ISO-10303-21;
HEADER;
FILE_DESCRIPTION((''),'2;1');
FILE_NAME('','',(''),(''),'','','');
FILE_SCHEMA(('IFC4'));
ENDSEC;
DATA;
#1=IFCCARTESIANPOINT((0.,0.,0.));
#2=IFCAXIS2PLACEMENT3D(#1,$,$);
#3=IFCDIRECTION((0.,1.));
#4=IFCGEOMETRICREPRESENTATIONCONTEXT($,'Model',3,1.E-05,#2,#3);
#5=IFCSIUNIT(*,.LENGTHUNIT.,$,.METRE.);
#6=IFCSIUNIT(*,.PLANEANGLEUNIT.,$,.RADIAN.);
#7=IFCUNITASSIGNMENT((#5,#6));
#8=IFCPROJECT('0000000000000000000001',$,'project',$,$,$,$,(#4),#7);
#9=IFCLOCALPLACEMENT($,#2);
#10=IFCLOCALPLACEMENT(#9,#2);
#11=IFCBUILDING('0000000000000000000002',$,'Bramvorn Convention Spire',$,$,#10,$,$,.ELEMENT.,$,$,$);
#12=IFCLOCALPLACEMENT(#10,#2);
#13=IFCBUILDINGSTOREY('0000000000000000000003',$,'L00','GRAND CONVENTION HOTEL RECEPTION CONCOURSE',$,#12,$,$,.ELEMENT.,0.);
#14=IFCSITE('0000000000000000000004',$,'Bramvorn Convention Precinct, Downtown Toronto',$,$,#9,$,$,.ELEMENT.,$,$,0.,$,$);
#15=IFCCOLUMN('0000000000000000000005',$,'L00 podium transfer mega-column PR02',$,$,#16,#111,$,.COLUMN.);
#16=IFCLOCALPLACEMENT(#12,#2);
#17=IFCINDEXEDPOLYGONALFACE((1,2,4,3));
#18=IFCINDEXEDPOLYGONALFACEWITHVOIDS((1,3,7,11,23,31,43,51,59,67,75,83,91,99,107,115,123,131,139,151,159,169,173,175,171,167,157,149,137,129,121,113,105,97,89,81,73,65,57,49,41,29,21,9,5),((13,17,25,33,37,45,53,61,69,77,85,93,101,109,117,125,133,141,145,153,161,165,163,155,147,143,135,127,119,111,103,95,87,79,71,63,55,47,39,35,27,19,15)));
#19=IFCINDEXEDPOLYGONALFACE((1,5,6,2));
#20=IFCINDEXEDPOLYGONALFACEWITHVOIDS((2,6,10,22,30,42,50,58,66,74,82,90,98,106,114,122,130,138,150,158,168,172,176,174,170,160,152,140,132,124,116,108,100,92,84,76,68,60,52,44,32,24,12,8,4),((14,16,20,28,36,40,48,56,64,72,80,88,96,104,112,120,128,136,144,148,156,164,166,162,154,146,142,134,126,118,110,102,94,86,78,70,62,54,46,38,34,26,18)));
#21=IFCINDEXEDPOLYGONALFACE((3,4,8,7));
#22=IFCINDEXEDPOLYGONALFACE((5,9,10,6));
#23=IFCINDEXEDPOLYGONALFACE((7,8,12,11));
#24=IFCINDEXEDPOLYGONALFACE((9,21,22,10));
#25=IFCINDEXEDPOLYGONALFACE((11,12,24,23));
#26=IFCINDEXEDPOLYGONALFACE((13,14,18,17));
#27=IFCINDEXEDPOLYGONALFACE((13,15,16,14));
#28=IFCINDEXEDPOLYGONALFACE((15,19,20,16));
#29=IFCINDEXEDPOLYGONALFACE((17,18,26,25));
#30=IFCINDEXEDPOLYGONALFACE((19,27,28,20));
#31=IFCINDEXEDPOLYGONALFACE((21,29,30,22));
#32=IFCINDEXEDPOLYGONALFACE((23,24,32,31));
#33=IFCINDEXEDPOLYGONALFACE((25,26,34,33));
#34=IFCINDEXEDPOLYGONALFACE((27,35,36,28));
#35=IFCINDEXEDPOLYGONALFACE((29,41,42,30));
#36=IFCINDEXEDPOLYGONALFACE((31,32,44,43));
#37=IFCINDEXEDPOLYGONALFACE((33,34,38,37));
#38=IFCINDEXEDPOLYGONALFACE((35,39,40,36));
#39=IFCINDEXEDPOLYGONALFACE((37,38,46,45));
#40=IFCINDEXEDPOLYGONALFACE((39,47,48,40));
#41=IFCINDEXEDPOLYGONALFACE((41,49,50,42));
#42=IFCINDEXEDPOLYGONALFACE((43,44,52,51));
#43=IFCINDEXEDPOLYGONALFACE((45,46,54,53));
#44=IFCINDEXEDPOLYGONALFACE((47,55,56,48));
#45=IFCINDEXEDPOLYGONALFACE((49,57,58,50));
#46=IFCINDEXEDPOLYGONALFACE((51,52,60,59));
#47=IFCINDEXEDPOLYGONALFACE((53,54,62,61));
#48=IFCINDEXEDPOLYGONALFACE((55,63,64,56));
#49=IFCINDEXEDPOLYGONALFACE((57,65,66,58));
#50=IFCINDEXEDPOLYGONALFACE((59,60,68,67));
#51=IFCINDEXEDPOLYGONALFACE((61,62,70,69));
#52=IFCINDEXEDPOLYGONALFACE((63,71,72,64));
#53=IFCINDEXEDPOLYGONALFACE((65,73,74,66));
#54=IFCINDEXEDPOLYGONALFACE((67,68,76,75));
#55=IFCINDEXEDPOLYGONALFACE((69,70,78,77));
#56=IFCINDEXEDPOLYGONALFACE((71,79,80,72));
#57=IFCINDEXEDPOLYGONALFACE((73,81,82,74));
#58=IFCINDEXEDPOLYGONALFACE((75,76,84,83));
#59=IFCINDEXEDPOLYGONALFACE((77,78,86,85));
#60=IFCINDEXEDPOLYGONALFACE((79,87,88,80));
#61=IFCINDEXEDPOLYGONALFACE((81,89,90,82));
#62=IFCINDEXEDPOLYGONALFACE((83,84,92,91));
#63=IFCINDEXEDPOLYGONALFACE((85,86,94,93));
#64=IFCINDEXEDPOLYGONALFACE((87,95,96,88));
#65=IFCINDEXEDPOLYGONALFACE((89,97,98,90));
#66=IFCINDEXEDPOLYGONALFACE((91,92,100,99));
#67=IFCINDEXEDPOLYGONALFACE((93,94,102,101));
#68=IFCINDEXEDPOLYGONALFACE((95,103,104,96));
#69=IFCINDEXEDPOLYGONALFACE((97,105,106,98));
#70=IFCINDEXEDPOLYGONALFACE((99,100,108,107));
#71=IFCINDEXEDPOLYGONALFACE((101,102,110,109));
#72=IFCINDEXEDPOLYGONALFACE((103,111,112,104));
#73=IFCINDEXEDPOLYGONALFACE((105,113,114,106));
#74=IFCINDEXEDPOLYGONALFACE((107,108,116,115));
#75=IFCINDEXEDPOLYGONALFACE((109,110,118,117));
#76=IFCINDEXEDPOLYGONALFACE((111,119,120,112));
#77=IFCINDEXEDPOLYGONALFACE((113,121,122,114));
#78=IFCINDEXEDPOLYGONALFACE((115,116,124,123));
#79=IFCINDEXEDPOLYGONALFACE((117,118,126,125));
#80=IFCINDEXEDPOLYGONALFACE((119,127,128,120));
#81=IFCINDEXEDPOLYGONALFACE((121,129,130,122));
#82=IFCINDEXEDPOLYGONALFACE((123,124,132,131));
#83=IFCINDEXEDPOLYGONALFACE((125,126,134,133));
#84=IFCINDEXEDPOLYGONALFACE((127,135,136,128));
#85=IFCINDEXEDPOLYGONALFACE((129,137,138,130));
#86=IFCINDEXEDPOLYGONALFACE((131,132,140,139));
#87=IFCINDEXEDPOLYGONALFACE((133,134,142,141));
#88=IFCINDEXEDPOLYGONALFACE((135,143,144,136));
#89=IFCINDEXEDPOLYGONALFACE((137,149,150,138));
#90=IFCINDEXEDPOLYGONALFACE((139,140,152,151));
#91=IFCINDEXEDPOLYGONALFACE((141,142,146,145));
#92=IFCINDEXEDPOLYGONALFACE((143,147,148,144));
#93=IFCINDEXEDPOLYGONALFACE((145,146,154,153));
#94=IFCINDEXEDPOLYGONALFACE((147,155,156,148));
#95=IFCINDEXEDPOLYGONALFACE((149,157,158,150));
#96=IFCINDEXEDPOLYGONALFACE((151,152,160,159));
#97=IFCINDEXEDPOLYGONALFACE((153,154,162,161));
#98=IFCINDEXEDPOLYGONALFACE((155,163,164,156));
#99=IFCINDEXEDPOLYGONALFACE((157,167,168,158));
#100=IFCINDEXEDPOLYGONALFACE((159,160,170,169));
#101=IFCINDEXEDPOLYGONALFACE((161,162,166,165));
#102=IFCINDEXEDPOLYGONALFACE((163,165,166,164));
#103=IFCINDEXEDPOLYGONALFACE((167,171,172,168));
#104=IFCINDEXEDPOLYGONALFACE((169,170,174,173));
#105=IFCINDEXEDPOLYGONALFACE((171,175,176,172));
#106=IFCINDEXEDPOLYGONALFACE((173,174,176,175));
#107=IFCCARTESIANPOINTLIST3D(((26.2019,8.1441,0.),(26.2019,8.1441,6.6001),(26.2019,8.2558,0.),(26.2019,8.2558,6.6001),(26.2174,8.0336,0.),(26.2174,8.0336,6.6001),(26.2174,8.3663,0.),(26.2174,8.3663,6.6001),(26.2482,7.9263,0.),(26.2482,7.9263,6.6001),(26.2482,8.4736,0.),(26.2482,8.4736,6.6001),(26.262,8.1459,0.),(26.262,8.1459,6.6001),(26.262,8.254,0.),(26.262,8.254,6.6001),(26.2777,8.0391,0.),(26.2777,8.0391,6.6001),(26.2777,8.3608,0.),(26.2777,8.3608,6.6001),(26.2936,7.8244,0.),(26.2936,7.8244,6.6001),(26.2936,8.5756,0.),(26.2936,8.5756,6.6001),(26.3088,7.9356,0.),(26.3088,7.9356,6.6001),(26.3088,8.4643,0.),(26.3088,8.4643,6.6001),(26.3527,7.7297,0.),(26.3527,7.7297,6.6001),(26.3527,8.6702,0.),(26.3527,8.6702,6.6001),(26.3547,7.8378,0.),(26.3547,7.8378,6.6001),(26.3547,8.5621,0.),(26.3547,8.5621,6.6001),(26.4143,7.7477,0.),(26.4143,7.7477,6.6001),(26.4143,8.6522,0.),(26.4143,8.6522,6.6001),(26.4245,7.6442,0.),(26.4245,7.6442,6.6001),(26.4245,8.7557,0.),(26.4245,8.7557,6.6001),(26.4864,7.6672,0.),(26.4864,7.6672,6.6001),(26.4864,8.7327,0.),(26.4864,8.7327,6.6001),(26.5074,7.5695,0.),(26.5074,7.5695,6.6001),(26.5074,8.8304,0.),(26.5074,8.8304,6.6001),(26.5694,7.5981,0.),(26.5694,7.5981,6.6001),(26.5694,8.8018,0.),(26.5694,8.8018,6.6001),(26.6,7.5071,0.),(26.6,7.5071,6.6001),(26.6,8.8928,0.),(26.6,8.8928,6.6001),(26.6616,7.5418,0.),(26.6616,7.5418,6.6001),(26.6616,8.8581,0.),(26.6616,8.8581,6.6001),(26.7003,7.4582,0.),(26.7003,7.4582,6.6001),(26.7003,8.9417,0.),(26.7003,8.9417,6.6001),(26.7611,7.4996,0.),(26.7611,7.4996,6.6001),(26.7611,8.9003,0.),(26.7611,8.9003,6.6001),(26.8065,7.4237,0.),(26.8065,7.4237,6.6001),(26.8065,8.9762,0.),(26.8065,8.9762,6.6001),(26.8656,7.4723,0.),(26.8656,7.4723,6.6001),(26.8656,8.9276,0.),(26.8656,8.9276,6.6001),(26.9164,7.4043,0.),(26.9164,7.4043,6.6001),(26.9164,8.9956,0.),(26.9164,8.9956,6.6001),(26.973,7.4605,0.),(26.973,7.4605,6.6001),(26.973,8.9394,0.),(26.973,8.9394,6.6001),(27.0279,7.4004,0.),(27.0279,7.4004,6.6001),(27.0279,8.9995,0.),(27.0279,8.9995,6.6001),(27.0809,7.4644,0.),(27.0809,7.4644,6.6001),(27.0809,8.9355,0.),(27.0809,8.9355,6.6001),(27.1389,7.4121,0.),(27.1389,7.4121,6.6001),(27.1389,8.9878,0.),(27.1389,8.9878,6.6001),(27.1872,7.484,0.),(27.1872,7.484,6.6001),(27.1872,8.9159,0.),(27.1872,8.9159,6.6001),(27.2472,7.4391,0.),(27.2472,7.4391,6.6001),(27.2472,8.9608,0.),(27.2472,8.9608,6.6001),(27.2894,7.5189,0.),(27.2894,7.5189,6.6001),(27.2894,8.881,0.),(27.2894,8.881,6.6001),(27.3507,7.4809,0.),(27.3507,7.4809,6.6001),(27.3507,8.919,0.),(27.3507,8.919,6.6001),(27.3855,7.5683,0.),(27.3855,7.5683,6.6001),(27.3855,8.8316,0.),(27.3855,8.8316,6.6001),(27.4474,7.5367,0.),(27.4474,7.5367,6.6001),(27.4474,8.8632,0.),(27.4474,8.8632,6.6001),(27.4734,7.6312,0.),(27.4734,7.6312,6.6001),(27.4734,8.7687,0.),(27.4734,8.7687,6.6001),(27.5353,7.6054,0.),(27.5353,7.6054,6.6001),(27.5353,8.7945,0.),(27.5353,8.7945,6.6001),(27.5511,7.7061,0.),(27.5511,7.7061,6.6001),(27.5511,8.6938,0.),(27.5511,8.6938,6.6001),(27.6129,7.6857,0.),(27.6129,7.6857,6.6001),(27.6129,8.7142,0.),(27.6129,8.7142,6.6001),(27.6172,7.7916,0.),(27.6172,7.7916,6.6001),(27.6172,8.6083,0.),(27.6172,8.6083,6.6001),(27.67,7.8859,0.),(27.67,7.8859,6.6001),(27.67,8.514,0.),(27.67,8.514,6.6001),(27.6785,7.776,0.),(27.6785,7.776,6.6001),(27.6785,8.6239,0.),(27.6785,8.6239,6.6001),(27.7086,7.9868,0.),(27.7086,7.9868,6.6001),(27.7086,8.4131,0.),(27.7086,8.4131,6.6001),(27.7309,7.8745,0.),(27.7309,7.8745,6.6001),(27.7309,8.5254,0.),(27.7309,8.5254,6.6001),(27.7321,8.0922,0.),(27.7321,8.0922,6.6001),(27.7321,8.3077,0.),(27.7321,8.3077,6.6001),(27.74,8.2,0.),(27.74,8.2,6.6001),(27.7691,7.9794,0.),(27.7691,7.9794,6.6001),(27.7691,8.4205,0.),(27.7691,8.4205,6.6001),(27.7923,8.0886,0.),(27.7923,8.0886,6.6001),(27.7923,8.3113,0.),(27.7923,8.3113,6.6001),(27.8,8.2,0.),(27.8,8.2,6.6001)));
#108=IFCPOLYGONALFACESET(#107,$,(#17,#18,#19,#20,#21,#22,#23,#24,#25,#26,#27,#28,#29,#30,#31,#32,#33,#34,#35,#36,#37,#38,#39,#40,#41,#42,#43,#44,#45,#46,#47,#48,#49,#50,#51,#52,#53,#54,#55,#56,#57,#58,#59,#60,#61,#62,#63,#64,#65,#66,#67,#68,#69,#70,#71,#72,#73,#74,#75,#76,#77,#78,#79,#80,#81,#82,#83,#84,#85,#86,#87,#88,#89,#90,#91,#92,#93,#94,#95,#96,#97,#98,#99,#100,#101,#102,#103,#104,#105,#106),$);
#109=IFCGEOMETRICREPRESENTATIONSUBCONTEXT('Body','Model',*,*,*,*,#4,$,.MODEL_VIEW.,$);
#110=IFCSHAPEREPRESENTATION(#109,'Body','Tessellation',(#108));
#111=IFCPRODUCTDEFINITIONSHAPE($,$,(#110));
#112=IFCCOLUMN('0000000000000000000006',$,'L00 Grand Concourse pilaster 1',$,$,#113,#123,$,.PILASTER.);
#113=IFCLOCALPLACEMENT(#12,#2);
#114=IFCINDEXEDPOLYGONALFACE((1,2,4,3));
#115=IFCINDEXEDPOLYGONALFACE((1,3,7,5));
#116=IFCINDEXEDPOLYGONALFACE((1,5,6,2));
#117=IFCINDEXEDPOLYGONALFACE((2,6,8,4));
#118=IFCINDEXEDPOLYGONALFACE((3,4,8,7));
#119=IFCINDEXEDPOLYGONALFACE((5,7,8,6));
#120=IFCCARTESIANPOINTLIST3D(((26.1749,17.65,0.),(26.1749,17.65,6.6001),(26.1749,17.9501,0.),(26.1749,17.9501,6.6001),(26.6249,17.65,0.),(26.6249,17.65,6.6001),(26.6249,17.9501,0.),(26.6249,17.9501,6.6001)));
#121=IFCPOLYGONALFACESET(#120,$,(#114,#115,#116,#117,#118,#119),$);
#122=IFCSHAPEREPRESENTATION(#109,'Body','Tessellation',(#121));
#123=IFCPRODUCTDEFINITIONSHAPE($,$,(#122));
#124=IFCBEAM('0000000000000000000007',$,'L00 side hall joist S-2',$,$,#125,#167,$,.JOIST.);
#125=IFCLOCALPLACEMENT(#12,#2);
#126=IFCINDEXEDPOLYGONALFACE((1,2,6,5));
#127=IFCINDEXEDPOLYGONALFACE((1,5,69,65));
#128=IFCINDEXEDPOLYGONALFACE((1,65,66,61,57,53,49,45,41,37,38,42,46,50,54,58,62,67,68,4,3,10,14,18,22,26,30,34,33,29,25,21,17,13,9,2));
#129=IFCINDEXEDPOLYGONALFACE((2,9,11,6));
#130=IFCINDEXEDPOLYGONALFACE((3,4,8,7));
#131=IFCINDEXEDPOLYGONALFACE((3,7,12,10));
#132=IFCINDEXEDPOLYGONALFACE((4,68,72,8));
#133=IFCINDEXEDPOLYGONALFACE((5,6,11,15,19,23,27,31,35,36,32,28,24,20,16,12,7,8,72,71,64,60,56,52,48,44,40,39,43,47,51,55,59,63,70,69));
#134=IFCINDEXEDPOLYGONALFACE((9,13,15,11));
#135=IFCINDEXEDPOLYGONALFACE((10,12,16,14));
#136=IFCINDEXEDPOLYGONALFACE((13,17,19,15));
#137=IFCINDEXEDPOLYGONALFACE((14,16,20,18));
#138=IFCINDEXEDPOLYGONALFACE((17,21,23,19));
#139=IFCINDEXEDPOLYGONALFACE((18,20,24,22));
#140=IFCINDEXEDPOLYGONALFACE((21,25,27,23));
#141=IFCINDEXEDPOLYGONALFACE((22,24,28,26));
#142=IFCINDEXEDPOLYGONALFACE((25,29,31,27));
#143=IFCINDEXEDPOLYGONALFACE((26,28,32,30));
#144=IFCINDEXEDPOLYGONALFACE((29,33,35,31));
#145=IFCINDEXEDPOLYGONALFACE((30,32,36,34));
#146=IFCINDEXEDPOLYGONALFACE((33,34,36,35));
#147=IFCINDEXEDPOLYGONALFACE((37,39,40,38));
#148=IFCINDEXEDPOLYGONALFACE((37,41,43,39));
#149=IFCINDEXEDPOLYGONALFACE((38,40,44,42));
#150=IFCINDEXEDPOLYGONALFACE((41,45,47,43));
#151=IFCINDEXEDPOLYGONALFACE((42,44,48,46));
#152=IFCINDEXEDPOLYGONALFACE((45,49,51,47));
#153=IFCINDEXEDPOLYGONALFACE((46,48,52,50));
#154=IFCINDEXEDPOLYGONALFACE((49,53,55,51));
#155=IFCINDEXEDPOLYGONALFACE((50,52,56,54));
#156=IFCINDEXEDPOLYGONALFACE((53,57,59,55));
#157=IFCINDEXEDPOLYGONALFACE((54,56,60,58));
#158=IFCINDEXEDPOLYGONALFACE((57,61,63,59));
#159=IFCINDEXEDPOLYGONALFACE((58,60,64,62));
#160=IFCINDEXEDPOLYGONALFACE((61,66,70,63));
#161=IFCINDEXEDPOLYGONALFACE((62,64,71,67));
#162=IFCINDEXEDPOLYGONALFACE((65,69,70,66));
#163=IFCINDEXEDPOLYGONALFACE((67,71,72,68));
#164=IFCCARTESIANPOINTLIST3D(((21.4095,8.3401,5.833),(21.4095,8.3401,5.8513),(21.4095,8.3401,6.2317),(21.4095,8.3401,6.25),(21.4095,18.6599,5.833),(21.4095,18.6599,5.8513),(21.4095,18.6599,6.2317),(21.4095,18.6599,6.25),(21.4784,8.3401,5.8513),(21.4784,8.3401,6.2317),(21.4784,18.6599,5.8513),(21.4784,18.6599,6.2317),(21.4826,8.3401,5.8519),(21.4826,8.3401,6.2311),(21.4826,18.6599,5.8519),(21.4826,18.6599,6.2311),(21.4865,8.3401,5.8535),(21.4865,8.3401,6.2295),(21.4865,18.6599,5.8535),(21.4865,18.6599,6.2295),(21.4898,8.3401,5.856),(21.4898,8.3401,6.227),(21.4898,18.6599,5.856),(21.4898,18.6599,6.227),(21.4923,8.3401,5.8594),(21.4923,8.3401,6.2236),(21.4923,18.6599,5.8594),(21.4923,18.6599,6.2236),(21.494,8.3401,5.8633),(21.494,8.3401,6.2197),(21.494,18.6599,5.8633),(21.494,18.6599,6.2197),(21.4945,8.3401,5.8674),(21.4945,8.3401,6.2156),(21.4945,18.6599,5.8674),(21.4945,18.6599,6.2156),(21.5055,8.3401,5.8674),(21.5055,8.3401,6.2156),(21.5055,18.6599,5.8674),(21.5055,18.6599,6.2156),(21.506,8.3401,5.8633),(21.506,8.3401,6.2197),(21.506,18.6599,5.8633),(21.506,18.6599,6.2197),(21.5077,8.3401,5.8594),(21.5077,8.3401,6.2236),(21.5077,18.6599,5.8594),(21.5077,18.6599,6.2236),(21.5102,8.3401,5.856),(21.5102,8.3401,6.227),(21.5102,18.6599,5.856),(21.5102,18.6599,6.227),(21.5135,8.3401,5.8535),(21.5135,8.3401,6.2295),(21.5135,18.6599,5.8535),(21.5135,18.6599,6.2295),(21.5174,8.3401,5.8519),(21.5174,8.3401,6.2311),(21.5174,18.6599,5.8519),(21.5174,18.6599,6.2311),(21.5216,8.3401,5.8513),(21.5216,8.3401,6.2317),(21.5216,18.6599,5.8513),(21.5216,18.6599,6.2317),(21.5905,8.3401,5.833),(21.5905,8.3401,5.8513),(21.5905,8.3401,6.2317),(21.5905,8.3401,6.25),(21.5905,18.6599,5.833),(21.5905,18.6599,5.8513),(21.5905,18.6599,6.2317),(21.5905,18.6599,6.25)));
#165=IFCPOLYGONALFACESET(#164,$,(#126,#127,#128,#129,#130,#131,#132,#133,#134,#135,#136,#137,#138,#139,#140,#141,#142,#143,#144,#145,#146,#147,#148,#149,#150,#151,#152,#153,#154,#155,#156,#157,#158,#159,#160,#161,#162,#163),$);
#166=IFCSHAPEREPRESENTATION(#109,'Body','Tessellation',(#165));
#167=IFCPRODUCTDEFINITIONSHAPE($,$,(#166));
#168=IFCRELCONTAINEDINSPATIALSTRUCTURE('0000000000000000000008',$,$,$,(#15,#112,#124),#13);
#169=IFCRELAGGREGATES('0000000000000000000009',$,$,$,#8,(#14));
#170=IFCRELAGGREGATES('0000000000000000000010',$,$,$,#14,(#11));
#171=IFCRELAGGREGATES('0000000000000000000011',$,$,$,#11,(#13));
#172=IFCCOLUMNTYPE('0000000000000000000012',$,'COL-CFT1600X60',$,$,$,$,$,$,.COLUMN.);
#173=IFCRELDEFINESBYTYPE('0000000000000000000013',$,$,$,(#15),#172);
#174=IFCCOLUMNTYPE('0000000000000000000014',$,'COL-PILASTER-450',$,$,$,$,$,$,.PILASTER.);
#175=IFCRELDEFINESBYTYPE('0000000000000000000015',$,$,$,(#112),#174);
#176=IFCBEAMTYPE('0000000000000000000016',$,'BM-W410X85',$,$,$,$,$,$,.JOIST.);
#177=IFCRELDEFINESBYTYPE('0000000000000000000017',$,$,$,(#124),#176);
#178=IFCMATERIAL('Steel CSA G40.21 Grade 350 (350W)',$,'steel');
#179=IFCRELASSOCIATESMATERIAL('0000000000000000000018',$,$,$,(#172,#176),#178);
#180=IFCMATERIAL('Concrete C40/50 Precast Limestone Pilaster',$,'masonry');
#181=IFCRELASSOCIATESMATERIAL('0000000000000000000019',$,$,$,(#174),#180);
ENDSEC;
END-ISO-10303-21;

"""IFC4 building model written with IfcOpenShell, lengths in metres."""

from ifc_helpers import new_model, si_unit, direction, frame, origin, origin_2d, place, context, subcontext, project, spatial, rectangle, hollow_circle, i_section, extrude, material, material_profile, profile_set, type_object, element, save


model = new_model("IFC4")

# Units and contexts
model_context = context("Model", 3, precision=1e-05, world=origin(), true_north=direction((0.0, 1.0)))
body_context = subcontext(model_context, "Body", "Model", "MODEL_VIEW")
ifc_project = project(units=[si_unit("LENGTHUNIT", "METRE"), si_unit("PLANEANGLEUNIT", "RADIAN")], contexts=[model_context])

# Site, building, storey
site_placement = place(None, origin())
site = spatial("IfcSite", under=ifc_project, at=site_placement, Name="Bramvorn Convention Precinct, Downtown Toronto", CompositionType="ELEMENT", RefElevation=0.0)
building_placement = place(site_placement, origin())
building = spatial("IfcBuilding", under=site, at=building_placement, Name="Bramvorn Convention Spire", CompositionType="ELEMENT")
storey_placement = place(building_placement, origin())
storey = spatial("IfcBuildingStorey", under=building, at=storey_placement, Name="L00", Description="GRAND CONVENTION HOTEL RECEPTION CONCOURSE", CompositionType="ELEMENT", Elevation=0.0)

# Columns
ifc_material_1 = material(Name="Steel CSA G40.21 Grade 350 (350W)", Category="steel")
ifc_material_profile_1 = material_profile(ifc_material_1, hollow_circle(Radius=0.8, WallThickness=0.0601, at=origin_2d()))
ifc_profile_set_1 = profile_set([ifc_material_profile_1], Name="Steel CSA G40.21 Grade 350 (350W) - CFT1600X60")
column_type_1 = type_object("IfcColumnType", Name="COL-CFT1600X60", PredefinedType="COLUMN", material=ifc_profile_set_1)
column_1_placement = place(storey_placement, frame((27.0, 8.2, 0.0), z_axis=(0.0, 0.0, 1.0), x_axis=(1.0, 0.0, 0.0)))
element("IfcColumn", 1, at=column_1_placement, inside=storey, type_object=column_type_1, Name="L00 podium transfer mega-column PR02", PredefinedType="COLUMN", context=body_context, shape_type="SweptSolid", body=[
    extrude(hollow_circle(Radius=0.8, WallThickness=0.0601, at=origin_2d()), origin(), (0.0, 0.0, 1.0), 6.6001),
])
ifc_material_2 = material(Name="Concrete C40/50 Precast Limestone Pilaster", Category="masonry")
ifc_material_profile_2 = material_profile(ifc_material_2, rectangle(XDim=0.45, YDim=0.3, at=origin_2d()))
ifc_profile_set_2 = profile_set([ifc_material_profile_2], Name="Concrete C40/50 Precast Limestone Pilaster - PILASTER450X300")
column_type_2 = type_object("IfcColumnType", Name="COL-PILASTER-450", PredefinedType="PILASTER", material=ifc_profile_set_2)
column_2_placement = place(storey_placement, frame((26.3999, 17.8, 0.0), z_axis=(0.0, 0.0, 1.0), x_axis=(1.0, 0.0, 0.0)))
element("IfcColumn", 2, at=column_2_placement, inside=storey, type_object=column_type_2, Name="L00 Grand Concourse pilaster 1", PredefinedType="PILASTER", context=body_context, shape_type="SweptSolid", body=[
    extrude(rectangle(XDim=0.45, YDim=0.3, at=origin_2d()), origin(), (0.0, 0.0, 1.0), 6.6001),
])

# Beam
ifc_material_profile_3 = material_profile(ifc_material_1, i_section(OverallWidth=0.1809, OverallDepth=0.417, WebThickness=0.011, FlangeThickness=0.0183, FilletRadius=0.0161, at=origin_2d()))
ifc_profile_set_3 = profile_set([ifc_material_profile_3], Name="Steel CSA G40.21 Grade 350 (350W) - W410X85")
beam_type_1 = type_object("IfcBeamType", Name="BM-W410X85", PredefinedType="JOIST", material=ifc_profile_set_3)
beam_1_placement = place(storey_placement, frame((21.5, 8.3401, 6.0415), z_axis=(0.0, 1.0, 0.0), x_axis=(-1.0, 0.0, 0.0)))
element("IfcBeam", 3, at=beam_1_placement, inside=storey, type_object=beam_type_1, Name="L00 side hall joist S-2", PredefinedType="JOIST", context=body_context, shape_type="SweptSolid", body=[
    extrude(i_section(OverallWidth=0.1809, OverallDepth=0.417, WebThickness=0.011, FlangeThickness=0.0183, FilletRadius=0.0161, at=origin_2d()), origin(), (0.0, 0.0, 1.0), 10.3198),
])

save(model, "model.ifc")
